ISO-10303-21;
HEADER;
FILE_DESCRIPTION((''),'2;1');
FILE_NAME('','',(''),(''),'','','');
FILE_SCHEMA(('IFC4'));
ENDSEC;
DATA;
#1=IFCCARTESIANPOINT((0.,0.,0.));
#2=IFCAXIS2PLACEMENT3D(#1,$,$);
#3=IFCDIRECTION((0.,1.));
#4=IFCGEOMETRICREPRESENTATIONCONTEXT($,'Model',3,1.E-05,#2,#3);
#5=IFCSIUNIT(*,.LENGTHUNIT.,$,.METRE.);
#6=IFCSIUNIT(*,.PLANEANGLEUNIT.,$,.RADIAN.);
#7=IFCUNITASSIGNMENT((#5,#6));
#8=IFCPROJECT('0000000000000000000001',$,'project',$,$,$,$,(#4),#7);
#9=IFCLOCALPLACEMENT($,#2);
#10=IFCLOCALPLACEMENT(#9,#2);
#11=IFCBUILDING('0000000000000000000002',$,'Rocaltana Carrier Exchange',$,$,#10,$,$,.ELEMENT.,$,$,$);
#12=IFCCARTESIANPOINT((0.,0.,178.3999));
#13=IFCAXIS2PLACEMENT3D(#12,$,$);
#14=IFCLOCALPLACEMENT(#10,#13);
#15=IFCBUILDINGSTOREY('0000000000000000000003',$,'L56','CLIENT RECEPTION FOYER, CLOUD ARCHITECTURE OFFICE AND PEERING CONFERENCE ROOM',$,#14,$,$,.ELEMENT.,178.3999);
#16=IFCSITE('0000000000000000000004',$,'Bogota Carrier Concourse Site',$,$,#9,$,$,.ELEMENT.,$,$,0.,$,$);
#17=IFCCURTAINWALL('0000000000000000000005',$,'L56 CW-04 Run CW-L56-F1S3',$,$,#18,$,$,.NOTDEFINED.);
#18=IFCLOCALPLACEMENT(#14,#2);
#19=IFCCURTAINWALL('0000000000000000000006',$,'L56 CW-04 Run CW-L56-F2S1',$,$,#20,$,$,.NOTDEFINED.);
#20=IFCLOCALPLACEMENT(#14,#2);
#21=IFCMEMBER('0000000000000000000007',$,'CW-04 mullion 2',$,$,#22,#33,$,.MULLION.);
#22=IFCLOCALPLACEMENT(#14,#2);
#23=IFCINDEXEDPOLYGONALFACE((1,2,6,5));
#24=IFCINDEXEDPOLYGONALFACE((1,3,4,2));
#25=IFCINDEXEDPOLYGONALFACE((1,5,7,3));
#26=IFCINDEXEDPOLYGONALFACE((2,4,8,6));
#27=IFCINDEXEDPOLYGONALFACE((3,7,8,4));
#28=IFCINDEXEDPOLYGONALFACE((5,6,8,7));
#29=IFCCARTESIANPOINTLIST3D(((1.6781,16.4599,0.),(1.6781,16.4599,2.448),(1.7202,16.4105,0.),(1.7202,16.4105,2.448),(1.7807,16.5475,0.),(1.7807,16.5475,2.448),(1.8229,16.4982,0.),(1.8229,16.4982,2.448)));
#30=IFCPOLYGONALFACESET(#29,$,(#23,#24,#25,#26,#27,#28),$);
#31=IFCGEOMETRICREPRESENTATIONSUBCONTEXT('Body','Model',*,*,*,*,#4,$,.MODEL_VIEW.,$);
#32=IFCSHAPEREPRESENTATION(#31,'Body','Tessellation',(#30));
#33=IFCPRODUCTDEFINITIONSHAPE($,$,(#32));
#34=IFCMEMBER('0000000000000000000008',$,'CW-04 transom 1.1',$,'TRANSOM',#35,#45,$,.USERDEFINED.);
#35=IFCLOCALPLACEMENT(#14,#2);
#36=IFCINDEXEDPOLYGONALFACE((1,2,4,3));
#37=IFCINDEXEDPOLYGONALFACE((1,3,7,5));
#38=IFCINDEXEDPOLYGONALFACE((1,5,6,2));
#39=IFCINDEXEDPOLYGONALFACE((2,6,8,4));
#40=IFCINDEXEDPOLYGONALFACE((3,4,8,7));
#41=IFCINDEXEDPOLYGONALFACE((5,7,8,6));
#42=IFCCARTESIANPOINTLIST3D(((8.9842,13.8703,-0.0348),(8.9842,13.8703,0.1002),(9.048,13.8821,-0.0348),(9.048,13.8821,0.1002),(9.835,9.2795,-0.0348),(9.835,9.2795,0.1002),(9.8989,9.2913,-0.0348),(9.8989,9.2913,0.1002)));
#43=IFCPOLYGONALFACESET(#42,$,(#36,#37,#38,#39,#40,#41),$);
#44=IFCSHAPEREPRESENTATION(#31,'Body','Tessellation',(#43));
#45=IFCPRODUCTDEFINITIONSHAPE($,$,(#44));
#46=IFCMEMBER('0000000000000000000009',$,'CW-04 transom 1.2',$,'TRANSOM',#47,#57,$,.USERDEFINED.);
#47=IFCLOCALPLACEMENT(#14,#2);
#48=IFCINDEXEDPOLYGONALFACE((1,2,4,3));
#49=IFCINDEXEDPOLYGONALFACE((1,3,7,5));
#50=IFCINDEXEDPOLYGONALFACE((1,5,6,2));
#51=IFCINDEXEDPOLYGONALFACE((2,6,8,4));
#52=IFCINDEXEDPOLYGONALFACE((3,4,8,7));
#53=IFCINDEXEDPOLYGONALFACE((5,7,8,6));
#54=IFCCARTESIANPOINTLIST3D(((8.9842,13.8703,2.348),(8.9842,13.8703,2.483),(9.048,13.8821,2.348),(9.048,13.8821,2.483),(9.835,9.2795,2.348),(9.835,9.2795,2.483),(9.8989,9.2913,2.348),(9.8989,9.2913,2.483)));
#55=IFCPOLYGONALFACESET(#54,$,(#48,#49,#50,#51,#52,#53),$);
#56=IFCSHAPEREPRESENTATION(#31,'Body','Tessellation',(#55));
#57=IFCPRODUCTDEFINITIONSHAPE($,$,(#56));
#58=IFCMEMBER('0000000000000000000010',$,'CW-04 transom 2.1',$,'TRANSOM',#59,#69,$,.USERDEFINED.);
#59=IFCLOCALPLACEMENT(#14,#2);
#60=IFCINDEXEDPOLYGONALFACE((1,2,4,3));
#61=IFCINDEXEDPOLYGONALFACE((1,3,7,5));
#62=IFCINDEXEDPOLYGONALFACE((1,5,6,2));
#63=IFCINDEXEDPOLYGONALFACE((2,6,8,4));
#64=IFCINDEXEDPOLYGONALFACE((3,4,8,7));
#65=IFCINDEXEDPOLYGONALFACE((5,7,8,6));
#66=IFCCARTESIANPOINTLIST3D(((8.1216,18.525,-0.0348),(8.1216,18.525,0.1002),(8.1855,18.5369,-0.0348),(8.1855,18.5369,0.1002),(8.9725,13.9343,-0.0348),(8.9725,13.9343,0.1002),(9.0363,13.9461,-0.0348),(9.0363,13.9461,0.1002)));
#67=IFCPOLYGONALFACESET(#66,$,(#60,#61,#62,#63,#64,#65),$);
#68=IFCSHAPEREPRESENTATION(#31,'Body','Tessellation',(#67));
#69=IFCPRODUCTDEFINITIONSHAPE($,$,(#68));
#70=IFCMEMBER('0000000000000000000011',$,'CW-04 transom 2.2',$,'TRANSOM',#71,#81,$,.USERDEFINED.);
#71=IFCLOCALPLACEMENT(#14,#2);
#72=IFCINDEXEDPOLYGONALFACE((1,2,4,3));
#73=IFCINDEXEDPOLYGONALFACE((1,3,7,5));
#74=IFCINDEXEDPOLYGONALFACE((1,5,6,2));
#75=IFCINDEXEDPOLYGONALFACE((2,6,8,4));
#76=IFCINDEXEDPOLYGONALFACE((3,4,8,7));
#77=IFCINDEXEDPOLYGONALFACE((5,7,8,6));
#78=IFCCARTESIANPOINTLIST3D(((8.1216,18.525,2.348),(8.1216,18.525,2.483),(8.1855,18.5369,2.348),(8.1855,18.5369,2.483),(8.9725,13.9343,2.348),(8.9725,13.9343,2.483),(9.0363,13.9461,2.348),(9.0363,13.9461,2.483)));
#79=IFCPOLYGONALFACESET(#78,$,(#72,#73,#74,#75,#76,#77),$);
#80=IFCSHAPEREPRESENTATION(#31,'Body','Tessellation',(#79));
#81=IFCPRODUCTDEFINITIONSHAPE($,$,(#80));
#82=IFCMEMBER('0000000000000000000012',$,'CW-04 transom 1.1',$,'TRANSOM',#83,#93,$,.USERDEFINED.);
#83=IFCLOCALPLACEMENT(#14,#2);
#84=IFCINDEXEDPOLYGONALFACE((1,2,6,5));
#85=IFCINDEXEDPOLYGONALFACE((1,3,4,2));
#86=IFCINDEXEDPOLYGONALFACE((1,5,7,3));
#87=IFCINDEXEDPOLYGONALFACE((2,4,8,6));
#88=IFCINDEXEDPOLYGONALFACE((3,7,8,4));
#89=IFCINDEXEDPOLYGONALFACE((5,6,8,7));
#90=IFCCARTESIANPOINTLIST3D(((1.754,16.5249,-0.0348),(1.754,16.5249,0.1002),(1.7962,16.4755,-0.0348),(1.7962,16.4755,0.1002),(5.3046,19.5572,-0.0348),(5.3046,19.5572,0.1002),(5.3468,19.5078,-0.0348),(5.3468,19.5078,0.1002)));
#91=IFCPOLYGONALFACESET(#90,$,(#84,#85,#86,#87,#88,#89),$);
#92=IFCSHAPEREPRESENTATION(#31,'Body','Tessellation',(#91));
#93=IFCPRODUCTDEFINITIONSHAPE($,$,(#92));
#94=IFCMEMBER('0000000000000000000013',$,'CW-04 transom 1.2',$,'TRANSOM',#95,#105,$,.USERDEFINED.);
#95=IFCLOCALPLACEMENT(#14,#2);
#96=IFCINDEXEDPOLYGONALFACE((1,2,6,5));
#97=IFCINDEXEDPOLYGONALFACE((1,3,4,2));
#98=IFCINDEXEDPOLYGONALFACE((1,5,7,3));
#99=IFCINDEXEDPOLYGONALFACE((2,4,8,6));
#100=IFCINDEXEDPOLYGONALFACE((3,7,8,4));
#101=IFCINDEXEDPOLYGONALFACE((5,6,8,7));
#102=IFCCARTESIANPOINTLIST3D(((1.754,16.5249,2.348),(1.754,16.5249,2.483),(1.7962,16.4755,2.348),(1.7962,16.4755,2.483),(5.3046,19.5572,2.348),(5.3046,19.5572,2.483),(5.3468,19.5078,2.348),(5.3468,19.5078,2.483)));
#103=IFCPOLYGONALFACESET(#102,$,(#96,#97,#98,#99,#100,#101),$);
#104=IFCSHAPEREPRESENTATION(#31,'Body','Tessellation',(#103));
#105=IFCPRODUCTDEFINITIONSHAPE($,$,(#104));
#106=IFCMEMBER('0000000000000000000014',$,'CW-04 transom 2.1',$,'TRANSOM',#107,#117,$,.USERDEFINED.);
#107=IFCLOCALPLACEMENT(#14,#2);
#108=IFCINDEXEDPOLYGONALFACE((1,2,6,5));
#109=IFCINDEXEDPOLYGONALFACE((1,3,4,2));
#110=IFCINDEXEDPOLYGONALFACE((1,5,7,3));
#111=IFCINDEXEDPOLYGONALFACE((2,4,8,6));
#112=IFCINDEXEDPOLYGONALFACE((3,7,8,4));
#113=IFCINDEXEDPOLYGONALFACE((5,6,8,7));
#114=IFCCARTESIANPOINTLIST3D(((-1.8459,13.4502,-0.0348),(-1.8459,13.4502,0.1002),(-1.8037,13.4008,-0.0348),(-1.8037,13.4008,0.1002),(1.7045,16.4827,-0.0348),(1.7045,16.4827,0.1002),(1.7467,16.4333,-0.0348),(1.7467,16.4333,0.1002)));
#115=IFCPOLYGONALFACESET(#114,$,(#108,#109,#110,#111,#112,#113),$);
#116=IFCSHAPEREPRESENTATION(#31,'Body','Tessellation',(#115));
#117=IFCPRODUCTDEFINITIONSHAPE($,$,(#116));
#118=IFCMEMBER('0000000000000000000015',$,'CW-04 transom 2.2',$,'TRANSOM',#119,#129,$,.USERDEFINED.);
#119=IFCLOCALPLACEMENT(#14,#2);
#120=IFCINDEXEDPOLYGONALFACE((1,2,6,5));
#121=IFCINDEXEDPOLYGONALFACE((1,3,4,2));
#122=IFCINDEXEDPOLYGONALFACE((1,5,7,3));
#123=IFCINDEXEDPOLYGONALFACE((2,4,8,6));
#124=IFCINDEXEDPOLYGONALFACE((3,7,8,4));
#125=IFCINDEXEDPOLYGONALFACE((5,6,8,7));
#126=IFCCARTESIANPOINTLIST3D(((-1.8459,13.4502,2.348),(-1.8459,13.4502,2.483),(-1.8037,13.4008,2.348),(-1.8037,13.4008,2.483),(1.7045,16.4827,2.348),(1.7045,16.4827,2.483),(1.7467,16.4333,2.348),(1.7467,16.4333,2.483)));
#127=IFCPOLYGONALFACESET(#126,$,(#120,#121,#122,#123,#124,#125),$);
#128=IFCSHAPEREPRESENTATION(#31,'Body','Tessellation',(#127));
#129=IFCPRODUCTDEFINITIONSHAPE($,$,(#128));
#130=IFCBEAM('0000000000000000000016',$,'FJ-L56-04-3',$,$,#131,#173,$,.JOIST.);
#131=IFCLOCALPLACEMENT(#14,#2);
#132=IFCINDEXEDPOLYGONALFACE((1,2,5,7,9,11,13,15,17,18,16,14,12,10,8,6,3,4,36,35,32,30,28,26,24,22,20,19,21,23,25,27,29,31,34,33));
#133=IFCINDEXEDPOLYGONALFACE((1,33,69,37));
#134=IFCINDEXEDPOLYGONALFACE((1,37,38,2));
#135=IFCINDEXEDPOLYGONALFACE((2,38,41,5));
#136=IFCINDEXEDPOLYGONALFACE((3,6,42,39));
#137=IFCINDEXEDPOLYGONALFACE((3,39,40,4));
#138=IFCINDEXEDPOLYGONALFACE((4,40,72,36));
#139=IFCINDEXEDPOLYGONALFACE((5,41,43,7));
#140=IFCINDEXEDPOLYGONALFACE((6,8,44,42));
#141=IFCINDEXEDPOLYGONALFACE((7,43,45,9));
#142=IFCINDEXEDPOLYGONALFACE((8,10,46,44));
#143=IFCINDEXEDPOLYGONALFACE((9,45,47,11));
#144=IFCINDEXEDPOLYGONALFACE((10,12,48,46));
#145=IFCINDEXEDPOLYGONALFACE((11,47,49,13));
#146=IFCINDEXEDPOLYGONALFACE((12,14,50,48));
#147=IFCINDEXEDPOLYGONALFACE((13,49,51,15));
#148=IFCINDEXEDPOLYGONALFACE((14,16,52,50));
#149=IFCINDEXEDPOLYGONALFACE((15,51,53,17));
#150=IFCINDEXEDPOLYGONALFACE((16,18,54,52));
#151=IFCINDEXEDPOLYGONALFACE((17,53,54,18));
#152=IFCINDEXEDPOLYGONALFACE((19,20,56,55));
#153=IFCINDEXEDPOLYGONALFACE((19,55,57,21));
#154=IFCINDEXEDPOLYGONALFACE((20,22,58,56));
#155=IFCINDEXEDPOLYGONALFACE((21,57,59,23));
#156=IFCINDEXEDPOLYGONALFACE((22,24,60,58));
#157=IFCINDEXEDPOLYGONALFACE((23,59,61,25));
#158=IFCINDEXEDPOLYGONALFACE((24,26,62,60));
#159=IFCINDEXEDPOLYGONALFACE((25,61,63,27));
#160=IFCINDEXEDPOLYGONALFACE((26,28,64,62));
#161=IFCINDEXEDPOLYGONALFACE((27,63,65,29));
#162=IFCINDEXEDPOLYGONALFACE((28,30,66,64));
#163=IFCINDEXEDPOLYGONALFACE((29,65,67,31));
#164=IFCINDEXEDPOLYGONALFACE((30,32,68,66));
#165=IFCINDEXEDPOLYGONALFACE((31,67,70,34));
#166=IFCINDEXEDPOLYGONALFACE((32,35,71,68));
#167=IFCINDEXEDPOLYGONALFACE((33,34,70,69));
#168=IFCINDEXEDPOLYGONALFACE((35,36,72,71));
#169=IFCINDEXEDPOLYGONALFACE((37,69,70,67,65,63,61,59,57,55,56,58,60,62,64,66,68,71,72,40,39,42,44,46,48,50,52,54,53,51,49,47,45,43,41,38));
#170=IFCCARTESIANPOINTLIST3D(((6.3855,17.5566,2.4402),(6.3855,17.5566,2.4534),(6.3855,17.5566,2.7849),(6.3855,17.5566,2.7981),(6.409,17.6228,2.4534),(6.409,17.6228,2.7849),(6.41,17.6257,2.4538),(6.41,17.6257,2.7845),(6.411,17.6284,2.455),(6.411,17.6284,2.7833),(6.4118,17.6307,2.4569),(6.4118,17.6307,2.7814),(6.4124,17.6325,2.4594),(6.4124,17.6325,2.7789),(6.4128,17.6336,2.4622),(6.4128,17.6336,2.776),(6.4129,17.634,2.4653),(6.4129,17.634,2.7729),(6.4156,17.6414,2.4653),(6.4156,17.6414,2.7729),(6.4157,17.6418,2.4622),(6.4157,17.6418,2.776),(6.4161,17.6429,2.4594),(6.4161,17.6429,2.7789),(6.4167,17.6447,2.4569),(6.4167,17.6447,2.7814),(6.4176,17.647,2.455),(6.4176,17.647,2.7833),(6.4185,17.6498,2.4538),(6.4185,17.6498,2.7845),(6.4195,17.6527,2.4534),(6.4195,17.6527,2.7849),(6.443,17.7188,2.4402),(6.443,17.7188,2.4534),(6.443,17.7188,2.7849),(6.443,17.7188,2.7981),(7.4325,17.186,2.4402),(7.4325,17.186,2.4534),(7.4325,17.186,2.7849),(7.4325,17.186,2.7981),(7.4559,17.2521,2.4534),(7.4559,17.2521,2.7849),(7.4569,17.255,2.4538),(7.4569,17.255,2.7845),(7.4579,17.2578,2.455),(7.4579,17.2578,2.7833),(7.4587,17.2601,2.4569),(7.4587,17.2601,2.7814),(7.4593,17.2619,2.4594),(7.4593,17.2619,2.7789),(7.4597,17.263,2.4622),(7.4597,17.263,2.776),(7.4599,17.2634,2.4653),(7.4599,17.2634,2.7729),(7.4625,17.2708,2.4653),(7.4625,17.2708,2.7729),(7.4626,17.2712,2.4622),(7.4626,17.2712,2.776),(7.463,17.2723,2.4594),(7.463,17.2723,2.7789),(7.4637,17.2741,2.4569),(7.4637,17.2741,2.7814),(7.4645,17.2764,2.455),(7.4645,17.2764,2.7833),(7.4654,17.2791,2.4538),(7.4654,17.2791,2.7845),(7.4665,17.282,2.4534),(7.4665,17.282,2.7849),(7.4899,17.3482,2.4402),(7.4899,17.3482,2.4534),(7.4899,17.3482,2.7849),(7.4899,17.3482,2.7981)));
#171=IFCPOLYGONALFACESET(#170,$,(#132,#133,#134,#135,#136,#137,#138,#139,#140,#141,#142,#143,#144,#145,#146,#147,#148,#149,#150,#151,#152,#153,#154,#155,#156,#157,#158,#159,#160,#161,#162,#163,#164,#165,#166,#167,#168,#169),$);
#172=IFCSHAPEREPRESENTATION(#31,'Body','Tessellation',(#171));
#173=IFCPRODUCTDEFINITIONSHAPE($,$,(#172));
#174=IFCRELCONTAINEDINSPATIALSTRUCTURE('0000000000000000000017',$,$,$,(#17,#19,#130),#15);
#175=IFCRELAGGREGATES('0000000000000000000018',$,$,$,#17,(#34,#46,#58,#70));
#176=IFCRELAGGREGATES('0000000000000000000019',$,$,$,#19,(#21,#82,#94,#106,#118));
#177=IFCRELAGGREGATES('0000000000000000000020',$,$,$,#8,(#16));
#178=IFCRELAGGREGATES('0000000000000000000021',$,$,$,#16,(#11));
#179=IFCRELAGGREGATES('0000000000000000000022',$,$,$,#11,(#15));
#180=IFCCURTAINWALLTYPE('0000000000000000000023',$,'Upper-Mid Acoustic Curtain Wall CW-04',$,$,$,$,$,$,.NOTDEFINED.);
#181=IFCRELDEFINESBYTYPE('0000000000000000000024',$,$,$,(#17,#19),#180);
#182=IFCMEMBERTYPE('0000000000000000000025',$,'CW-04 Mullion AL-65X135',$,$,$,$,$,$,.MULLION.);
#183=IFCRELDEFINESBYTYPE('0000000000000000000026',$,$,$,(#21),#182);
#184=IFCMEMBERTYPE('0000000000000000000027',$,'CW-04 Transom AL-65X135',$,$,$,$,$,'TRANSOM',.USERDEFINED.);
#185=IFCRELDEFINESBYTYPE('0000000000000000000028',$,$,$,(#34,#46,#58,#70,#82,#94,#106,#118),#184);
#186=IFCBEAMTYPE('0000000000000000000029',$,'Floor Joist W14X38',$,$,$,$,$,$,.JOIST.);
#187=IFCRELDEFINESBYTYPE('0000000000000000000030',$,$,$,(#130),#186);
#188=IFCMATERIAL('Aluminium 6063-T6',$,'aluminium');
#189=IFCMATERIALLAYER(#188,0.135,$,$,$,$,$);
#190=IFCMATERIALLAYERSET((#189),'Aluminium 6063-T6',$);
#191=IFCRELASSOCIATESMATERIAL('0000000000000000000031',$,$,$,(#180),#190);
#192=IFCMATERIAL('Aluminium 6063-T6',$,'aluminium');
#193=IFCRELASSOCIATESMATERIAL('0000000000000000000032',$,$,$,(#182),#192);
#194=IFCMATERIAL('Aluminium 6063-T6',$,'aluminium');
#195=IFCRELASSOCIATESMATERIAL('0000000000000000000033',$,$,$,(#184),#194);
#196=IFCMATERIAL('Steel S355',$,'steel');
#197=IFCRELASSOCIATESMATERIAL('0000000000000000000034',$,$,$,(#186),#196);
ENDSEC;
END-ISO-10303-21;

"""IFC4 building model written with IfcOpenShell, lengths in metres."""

from ifc_helpers import new_model, si_unit, direction, frame, origin, origin_2d, place, context, subcontext, project, spatial, rectangle, i_section, extrude, material, layer, layer_set, material_profile, profile_set, type_object, element, aggregate, save


model = new_model("IFC4")

# Units and contexts
model_context = context("Model", 3, precision=1e-05, world=origin(), true_north=direction((0.0, 1.0)))
body_context = subcontext(model_context, "Body", "Model", "MODEL_VIEW")
ifc_project = project(units=[si_unit("LENGTHUNIT", "METRE"), si_unit("PLANEANGLEUNIT", "RADIAN")], contexts=[model_context])

# Site, building, storey
site_placement = place(None, origin())
site = spatial("IfcSite", under=ifc_project, at=site_placement, Name="Bogota Carrier Concourse Site", CompositionType="ELEMENT", RefElevation=0.0)
building_placement = place(site_placement, origin())
building = spatial("IfcBuilding", under=site, at=building_placement, Name="Rocaltana Carrier Exchange", CompositionType="ELEMENT")
storey_placement = place(building_placement, frame((0.0, 0.0, 178.3999)))
storey = spatial("IfcBuildingStorey", under=building, at=storey_placement, Name="L56", Description="CLIENT RECEPTION FOYER, CLOUD ARCHITECTURE OFFICE AND PEERING CONFERENCE ROOM", CompositionType="ELEMENT", Elevation=178.3999)

# Curtain walls, member
ifc_material_1 = material(Name="Aluminium 6063-T6", Category="aluminium")
ifc_layer_1 = layer(ifc_material_1, 0.135)
ifc_layer_set_1 = layer_set([ifc_layer_1], Name="Aluminium 6063-T6")
curtain_wall_type = type_object("IfcCurtainWallType", Name="Upper-Mid Acoustic Curtain Wall CW-04", PredefinedType="NOTDEFINED", material=ifc_layer_set_1)
curtain_wall_1_placement = place(storey_placement, origin())
curtain_wall_1 = element("IfcCurtainWall", 1, at=curtain_wall_1_placement, inside=storey, type_object=curtain_wall_type, Name="L56 CW-04 Run CW-L56-F1S3", PredefinedType="NOTDEFINED")
ifc_material_2 = material(Name="Aluminium 6063-T6", Category="aluminium")
ifc_material_profile_1 = material_profile(ifc_material_2, rectangle(XDim=0.0649, YDim=0.135, at=origin_2d()), Name="AL-65X135")
ifc_profile_set_1 = profile_set([ifc_material_profile_1], Name="Aluminium 6063-T6")
member_type_1 = type_object("IfcMemberType", Name="CW-04 Mullion AL-65X135", PredefinedType="MULLION", material=ifc_profile_set_1)
curtain_wall_2_placement = place(storey_placement, origin())
curtain_wall_2 = element("IfcCurtainWall", 2, at=curtain_wall_2_placement, inside=storey, type_object=curtain_wall_type, Name="L56 CW-04 Run CW-L56-F2S1", PredefinedType="NOTDEFINED")
member_1_placement = place(storey_placement, frame((1.7505, 16.479, 0.0), z_axis=(0.0, 0.0, 1.0), x_axis=(0.649448, -0.760406, 0.0)))
member_1 = element("IfcMember", 3, at=member_1_placement, type_object=member_type_1, Name="CW-04 mullion 2", PredefinedType="MULLION", context=body_context, shape_type="SweptSolid", body=[
    extrude(rectangle(XDim=0.0649, YDim=0.135, at=origin_2d()), origin(), (0.0, 0.0, 1.0), 2.448),
])

# Members
ifc_material_3 = material(Name="Aluminium 6063-T6", Category="aluminium")
ifc_material_profile_2 = material_profile(ifc_material_3, rectangle(XDim=0.0649, YDim=0.135, at=origin_2d()), Name="AL-65X135")
ifc_profile_set_2 = profile_set([ifc_material_profile_2], Name="Aluminium 6063-T6")
member_type_2 = type_object("IfcMemberType", Name="CW-04 Transom AL-65X135", ElementType="TRANSOM", PredefinedType="USERDEFINED", material=ifc_profile_set_2)
member_2_placement = place(storey_placement, frame((9.8669, 9.2854, 0.0327), z_axis=(-0.18223, 0.983256, 0.0), x_axis=(-0.983256, -0.18223, 0.0)))
member_2 = element("IfcMember", 4, at=member_2_placement, type_object=member_type_2, Name="CW-04 transom 1.1", ObjectType="TRANSOM", PredefinedType="USERDEFINED", context=body_context, shape_type="SweptSolid", body=[
    extrude(rectangle(XDim=0.0649, YDim=0.135, at=origin_2d()), origin(), (0.0, 0.0, 1.0), 4.6689),
])
member_3_placement = place(storey_placement, frame((9.8669, 9.2854, 2.4155), z_axis=(-0.18223, 0.983256, 0.0), x_axis=(-0.983256, -0.18223, 0.0)))
member_3 = element("IfcMember", 5, at=member_3_placement, type_object=member_type_2, Name="CW-04 transom 1.2", ObjectType="TRANSOM", PredefinedType="USERDEFINED", context=body_context, shape_type="SweptSolid", body=[
    extrude(rectangle(XDim=0.0649, YDim=0.135, at=origin_2d()), origin(), (0.0, 0.0, 1.0), 4.6689),
])
member_4_placement = place(storey_placement, frame((9.0044, 13.9402, 0.0327), z_axis=(-0.18223, 0.983256, 0.0), x_axis=(-0.983256, -0.18223, 0.0)))
member_4 = element("IfcMember", 6, at=member_4_placement, type_object=member_type_2, Name="CW-04 transom 2.1", ObjectType="TRANSOM", PredefinedType="USERDEFINED", context=body_context, shape_type="SweptSolid", body=[
    extrude(rectangle(XDim=0.0649, YDim=0.135, at=origin_2d()), origin(), (0.0, 0.0, 1.0), 4.6689),
])
member_5_placement = place(storey_placement, frame((9.0044, 13.9402, 2.4155), z_axis=(-0.18223, 0.983256, 0.0), x_axis=(-0.983256, -0.18223, 0.0)))
member_5 = element("IfcMember", 7, at=member_5_placement, type_object=member_type_2, Name="CW-04 transom 2.2", ObjectType="TRANSOM", PredefinedType="USERDEFINED", context=body_context, shape_type="SweptSolid", body=[
    extrude(rectangle(XDim=0.0649, YDim=0.135, at=origin_2d()), origin(), (0.0, 0.0, 1.0), 4.6689),
])
member_6_placement = place(storey_placement, frame((5.3257, 19.5325, 0.0327), z_axis=(-0.760429, -0.649421, 0.0), x_axis=(0.649421, -0.760429, 0.0)))
member_6 = element("IfcMember", 8, at=member_6_placement, type_object=member_type_2, Name="CW-04 transom 1.1", ObjectType="TRANSOM", PredefinedType="USERDEFINED", context=body_context, shape_type="SweptSolid", body=[
    extrude(rectangle(XDim=0.0649, YDim=0.135, at=origin_2d()), origin(), (0.0, 0.0, 1.0), 4.6692),
])
member_7_placement = place(storey_placement, frame((5.3257, 19.5325, 2.4155), z_axis=(-0.760429, -0.649421, 0.0), x_axis=(0.649421, -0.760429, 0.0)))
member_7 = element("IfcMember", 9, at=member_7_placement, type_object=member_type_2, Name="CW-04 transom 1.2", ObjectType="TRANSOM", PredefinedType="USERDEFINED", context=body_context, shape_type="SweptSolid", body=[
    extrude(rectangle(XDim=0.0649, YDim=0.135, at=origin_2d()), origin(), (0.0, 0.0, 1.0), 4.6692),
])
member_8_placement = place(storey_placement, frame((1.7256, 16.458, 0.0327), z_axis=(-0.760381, -0.649477, 0.0), x_axis=(0.649477, -0.760381, 0.0)))
member_8 = element("IfcMember", 10, at=member_8_placement, type_object=member_type_2, Name="CW-04 transom 2.1", ObjectType="TRANSOM", PredefinedType="USERDEFINED", context=body_context, shape_type="SweptSolid", body=[
    extrude(rectangle(XDim=0.0649, YDim=0.135, at=origin_2d()), origin(), (0.0, 0.0, 1.0), 4.6692),
])
member_9_placement = place(storey_placement, frame((1.7256, 16.458, 2.4155), z_axis=(-0.760381, -0.649477, 0.0), x_axis=(0.649477, -0.760381, 0.0)))
member_9 = element("IfcMember", 11, at=member_9_placement, type_object=member_type_2, Name="CW-04 transom 2.2", ObjectType="TRANSOM", PredefinedType="USERDEFINED", context=body_context, shape_type="SweptSolid", body=[
    extrude(rectangle(XDim=0.0649, YDim=0.135, at=origin_2d()), origin(), (0.0, 0.0, 1.0), 4.6692),
])

# Beam
ifc_material_4 = material(Name="Steel S355", Category="steel")
ifc_material_profile_3 = material_profile(ifc_material_4, i_section(OverallWidth=0.1721, OverallDepth=0.3579, WebThickness=0.0078, FlangeThickness=0.0132, FilletRadius=0.012, at=origin_2d()), Name="W14X38")
ifc_profile_set_3 = profile_set([ifc_material_profile_3], Name="Steel S355")
beam_type_1 = type_object("IfcBeamType", Name="Floor Joist W14X38", PredefinedType="JOIST", material=ifc_profile_set_3)
beam_1_placement = place(storey_placement, frame((7.4612, 17.2671, 2.6191), z_axis=(-0.942673, 0.333717, 0.0), x_axis=(-0.333717, -0.942673, 0.0)))
element("IfcBeam", 12, at=beam_1_placement, inside=storey, type_object=beam_type_1, Name="FJ-L56-04-3", PredefinedType="JOIST", context=body_context, shape_type="SweptSolid", body=[
    extrude(i_section(OverallWidth=0.1721, OverallDepth=0.3579, WebThickness=0.0078, FlangeThickness=0.0132, FilletRadius=0.012, at=origin_2d()), origin(), (0.0, 0.0, 1.0), 1.1106),
])

aggregate(curtain_wall_1, [member_2, member_3, member_4, member_5])
aggregate(curtain_wall_2, [member_1, member_6, member_7, member_8, member_9])

save(model, "model.ifc")
